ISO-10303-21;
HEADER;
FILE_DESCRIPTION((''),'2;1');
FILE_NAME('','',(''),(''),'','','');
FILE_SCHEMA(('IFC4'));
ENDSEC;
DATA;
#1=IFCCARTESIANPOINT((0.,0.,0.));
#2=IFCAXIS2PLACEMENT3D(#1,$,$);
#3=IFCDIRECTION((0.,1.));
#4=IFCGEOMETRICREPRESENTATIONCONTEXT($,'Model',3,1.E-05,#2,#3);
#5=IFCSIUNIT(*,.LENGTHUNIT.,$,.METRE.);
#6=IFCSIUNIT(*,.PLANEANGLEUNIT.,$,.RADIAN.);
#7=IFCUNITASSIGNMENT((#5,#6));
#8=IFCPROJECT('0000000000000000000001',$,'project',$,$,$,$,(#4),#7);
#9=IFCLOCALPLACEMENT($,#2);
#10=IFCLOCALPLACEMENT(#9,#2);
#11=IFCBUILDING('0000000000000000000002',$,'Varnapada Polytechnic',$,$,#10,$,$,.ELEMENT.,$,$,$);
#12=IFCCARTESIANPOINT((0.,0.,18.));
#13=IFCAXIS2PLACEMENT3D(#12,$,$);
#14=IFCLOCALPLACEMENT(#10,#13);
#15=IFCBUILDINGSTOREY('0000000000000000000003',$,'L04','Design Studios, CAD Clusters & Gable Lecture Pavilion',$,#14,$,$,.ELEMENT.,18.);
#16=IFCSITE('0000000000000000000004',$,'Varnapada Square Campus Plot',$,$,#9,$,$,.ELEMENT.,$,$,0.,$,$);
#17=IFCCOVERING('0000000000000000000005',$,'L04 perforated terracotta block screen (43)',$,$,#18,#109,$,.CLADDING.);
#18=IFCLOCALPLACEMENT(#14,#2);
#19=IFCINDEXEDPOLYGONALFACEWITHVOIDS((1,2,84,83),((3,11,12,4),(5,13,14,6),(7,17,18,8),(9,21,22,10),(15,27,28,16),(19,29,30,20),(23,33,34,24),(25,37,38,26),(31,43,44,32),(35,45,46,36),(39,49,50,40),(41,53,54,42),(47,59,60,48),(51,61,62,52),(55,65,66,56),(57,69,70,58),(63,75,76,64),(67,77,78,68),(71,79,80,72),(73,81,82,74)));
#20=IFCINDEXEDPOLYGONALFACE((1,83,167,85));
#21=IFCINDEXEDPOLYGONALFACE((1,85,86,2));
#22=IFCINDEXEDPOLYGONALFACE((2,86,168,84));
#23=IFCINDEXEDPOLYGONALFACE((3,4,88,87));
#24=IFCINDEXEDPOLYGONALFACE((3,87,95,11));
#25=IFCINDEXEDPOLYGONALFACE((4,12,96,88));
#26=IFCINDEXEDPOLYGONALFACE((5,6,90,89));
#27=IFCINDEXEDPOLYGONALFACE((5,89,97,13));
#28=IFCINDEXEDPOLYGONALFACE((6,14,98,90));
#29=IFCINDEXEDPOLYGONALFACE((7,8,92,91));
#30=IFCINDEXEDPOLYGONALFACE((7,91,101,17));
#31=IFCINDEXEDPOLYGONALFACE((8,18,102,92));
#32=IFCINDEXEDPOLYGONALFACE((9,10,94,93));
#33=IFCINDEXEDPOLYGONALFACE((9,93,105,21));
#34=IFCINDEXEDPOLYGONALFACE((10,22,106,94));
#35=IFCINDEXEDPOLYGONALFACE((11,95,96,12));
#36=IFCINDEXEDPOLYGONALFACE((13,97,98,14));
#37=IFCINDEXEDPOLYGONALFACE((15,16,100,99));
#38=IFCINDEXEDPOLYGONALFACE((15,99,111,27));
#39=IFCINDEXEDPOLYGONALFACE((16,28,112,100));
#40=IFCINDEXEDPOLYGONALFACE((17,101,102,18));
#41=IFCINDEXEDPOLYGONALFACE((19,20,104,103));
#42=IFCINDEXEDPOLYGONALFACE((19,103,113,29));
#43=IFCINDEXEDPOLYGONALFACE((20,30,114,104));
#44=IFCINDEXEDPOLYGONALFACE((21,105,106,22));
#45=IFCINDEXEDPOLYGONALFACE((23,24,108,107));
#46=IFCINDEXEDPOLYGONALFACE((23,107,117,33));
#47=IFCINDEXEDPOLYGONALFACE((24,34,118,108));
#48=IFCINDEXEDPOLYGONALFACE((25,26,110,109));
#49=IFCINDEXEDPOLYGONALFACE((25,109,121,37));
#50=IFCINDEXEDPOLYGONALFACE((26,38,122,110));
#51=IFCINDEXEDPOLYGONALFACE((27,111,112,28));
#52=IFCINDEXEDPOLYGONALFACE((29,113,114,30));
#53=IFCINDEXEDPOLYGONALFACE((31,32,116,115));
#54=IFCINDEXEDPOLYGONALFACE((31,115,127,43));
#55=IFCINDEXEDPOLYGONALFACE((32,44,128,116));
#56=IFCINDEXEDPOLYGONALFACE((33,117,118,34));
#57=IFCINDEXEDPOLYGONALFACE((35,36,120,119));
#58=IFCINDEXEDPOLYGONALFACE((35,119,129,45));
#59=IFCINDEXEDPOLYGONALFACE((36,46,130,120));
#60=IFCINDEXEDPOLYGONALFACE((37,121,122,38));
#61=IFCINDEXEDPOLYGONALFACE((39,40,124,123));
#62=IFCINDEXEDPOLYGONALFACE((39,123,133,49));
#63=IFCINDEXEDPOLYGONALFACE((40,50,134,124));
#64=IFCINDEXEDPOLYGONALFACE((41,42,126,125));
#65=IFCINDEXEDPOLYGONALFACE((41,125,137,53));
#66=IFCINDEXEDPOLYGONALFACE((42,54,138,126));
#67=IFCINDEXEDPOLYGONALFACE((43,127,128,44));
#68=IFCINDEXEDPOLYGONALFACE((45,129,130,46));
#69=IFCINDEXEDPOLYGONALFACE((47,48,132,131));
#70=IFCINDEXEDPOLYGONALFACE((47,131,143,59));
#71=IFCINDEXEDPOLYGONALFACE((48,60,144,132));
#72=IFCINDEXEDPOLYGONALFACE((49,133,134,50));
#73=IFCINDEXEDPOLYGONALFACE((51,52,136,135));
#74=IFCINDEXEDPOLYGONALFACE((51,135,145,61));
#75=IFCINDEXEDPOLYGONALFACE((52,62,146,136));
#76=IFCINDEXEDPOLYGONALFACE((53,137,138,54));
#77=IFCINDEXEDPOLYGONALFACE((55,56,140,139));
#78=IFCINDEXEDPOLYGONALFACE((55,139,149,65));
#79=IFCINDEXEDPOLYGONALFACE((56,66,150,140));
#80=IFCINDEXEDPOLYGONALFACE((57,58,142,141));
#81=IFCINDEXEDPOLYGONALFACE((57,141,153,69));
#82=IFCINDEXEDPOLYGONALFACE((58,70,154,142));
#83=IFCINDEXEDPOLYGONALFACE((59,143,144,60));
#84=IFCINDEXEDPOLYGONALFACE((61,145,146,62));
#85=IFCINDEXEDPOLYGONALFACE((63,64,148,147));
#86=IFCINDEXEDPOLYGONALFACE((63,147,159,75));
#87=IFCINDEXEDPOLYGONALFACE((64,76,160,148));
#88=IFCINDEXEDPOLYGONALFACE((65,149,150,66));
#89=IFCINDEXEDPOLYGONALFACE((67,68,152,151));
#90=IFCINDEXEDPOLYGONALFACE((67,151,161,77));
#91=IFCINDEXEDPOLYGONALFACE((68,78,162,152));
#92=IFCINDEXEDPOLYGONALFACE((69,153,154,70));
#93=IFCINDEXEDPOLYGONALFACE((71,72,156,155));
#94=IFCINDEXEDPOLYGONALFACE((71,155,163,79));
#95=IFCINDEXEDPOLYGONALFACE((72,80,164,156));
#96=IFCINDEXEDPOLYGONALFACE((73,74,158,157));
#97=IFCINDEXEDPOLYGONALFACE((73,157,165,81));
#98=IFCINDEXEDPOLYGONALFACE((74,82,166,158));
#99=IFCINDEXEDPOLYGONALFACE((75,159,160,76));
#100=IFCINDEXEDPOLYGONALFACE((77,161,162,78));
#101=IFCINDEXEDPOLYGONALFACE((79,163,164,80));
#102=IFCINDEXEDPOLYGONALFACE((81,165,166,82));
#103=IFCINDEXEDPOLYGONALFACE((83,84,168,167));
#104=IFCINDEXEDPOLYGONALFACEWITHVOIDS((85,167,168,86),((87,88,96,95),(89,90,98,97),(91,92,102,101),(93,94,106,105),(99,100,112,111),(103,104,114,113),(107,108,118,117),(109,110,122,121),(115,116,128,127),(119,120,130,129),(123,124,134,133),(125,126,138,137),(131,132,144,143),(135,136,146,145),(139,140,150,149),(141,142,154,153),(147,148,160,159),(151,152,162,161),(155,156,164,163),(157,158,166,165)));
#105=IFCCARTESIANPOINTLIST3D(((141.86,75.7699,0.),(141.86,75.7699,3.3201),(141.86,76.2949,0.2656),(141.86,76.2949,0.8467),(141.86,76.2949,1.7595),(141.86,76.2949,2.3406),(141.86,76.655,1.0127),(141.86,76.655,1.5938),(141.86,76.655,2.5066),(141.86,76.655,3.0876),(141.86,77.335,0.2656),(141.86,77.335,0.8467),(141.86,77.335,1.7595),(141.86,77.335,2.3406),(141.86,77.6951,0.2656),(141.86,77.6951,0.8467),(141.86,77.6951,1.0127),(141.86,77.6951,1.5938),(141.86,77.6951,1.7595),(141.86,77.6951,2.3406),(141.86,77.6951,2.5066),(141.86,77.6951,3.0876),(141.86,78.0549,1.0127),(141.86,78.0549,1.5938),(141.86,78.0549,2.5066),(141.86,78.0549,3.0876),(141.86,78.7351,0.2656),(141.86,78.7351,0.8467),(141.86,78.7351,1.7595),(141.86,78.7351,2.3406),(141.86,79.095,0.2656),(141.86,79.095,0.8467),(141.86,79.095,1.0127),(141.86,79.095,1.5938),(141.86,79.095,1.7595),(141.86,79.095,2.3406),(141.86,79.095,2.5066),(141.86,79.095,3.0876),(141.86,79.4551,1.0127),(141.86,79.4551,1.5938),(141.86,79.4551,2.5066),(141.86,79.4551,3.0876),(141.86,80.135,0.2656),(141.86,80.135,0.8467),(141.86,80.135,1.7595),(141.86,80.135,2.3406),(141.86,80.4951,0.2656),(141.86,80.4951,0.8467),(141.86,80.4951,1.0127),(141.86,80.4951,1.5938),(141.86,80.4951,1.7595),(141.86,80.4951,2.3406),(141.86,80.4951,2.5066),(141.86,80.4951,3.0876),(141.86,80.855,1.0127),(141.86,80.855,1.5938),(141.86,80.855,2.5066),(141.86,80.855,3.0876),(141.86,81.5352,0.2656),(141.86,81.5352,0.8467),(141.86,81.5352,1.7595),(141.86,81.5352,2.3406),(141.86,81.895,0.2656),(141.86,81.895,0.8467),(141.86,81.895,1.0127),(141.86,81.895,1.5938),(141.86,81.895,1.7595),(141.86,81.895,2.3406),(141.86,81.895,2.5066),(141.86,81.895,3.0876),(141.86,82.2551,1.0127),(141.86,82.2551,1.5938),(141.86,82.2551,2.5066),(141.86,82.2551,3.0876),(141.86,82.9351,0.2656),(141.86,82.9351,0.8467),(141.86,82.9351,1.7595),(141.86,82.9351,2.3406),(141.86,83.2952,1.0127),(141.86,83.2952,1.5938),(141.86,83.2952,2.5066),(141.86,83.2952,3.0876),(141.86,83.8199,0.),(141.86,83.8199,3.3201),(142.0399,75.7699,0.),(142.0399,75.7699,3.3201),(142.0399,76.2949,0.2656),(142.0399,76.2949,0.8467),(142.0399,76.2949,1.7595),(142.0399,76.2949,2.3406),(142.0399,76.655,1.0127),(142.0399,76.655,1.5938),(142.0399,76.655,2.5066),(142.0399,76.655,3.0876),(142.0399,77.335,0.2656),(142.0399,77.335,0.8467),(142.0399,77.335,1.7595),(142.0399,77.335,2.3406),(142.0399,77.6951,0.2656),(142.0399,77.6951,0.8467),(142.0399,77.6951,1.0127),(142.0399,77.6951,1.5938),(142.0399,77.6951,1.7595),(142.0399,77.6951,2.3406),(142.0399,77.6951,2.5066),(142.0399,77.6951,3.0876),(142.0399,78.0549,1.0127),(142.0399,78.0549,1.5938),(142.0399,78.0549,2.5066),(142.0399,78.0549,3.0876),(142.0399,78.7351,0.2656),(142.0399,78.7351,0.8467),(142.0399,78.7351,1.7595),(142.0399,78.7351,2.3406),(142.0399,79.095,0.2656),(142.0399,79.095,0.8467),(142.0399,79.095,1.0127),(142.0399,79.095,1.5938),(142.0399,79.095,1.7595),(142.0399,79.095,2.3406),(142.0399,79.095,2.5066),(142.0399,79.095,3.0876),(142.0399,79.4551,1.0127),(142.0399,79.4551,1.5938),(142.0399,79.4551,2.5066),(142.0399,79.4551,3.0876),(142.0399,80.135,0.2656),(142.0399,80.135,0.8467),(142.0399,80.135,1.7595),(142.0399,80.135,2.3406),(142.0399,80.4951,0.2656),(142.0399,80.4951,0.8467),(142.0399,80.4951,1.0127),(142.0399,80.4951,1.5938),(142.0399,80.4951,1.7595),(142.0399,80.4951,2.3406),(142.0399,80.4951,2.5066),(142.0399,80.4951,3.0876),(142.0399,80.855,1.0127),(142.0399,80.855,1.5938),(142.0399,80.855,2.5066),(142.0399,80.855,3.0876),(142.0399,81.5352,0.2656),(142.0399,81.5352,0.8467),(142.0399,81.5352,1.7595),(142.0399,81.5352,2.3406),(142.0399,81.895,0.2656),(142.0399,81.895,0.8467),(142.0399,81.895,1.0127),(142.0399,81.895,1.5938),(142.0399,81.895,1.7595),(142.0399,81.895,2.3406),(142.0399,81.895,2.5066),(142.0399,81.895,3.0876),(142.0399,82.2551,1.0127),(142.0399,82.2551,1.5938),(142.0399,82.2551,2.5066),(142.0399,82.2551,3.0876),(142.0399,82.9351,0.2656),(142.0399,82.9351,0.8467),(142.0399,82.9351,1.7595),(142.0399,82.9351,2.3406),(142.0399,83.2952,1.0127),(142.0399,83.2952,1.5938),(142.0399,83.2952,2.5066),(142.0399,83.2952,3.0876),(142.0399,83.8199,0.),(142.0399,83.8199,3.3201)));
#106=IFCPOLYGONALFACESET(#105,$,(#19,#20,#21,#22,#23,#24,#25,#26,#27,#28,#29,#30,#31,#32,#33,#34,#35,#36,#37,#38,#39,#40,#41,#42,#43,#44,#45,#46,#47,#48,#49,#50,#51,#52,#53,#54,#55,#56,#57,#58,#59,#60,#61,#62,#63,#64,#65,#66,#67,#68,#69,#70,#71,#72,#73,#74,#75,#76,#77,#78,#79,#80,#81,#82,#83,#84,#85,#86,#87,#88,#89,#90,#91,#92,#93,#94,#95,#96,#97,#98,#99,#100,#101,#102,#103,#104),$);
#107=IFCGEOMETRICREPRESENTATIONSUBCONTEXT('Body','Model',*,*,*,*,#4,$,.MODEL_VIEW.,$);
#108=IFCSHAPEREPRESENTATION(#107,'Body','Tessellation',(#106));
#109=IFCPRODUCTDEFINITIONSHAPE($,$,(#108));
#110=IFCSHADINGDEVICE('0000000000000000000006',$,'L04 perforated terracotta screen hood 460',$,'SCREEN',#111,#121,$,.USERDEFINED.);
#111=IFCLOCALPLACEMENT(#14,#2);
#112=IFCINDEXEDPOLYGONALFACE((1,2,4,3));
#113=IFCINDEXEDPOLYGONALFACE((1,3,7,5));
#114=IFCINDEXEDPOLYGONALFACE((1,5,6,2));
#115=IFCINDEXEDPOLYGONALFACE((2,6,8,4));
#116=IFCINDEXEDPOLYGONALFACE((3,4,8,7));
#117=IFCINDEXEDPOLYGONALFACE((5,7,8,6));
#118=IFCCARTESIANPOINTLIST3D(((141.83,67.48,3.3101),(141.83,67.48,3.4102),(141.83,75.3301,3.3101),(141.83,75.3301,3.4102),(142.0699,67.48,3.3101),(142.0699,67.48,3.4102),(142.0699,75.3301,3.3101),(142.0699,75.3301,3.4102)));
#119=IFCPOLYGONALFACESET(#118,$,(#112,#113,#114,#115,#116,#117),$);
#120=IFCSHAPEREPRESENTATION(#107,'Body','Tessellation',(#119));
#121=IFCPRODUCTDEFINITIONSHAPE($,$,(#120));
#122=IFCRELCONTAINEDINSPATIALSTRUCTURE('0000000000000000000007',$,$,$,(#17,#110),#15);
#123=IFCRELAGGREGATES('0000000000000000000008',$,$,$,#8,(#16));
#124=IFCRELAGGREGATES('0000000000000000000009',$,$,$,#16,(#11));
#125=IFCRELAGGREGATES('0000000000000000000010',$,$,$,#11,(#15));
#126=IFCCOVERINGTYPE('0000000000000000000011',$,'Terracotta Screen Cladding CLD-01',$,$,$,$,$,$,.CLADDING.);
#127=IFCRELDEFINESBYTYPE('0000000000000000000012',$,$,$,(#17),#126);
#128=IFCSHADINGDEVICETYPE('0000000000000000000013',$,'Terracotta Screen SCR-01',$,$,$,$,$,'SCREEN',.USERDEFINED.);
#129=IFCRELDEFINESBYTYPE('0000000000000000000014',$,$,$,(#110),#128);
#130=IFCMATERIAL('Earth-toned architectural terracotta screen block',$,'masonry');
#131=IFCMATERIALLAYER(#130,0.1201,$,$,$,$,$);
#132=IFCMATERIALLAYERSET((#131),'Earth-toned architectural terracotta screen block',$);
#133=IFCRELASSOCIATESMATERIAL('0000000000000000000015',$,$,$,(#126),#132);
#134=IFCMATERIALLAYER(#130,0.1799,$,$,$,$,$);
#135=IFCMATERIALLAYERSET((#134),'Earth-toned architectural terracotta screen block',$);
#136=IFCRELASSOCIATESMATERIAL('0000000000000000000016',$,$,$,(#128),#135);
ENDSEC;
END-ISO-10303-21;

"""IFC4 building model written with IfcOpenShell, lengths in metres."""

from ifc_helpers import new_model, si_unit, direction, frame, frame_2d, origin, origin_2d, place, context, subcontext, project, spatial, rectangle, extrude, material, layer, layer_set, type_object, element, save


model = new_model("IFC4")

# Units and contexts
model_context = context("Model", 3, precision=1e-05, world=origin(), true_north=direction((0.0, 1.0)))
body_context = subcontext(model_context, "Body", "Model", "MODEL_VIEW")
ifc_project = project(units=[si_unit("LENGTHUNIT", "METRE"), si_unit("PLANEANGLEUNIT", "RADIAN")], contexts=[model_context])

# Site, building, storey
site_placement = place(None, origin())
site = spatial("IfcSite", under=ifc_project, at=site_placement, Name="Varnapada Square Campus Plot", CompositionType="ELEMENT", RefElevation=0.0)
building_placement = place(site_placement, origin())
building = spatial("IfcBuilding", under=site, at=building_placement, Name="Varnapada Polytechnic", CompositionType="ELEMENT")
storey_placement = place(building_placement, frame((0.0, 0.0, 18.0)))
storey = spatial("IfcBuildingStorey", under=building, at=storey_placement, Name="L04", Description="Design Studios, CAD Clusters & Gable Lecture Pavilion", CompositionType="ELEMENT", Elevation=18.0)

# Covering, openings
ifc_material = material(Name="Earth-toned architectural terracotta screen block", Category="masonry")
ifc_layer_1 = layer(ifc_material, 0.1201)
ifc_layer_set_1 = layer_set([ifc_layer_1], Name="Earth-toned architectural terracotta screen block")
covering_type = type_object("IfcCoveringType", Name="Terracotta Screen Cladding CLD-01", PredefinedType="CLADDING", material=ifc_layer_set_1)
covering_placement = place(storey_placement, frame((141.95, 75.77, 0.0), z_axis=(0.0, 0.0, 1.0), x_axis=(0.0, 1.0, 0.0)))
covering = element("IfcCovering", 1, at=covering_placement, inside=storey, type_object=covering_type, Name="L04 perforated terracotta block screen (43)", PredefinedType="CLADDING", context=body_context, shape_type="SweptSolid", body=[
    extrude(rectangle(XDim=8.05, YDim=0.1799, at=frame_2d((4.0249, 0.0))), origin(), (0.0, 0.0, 1.0), 3.3201),
])
opening_1_placement = place(covering_placement, frame((0.5249, 0.0, 0.2656)))
element("IfcOpeningElement", 2, at=opening_1_placement, cuts=covering, PredefinedType="OPENING", context=body_context, shape_type="SweptSolid", body=[
    extrude(rectangle(XDim=1.04, YDim=0.5811, at=frame_2d((0.52, 0.2905))), frame((0.0, 0.0999, 0.0), z_axis=(0.0, -1.0, 0.0), x_axis=(1.0, 0.0, 0.0)), (0.0, 0.0, 1.0), 0.2),
])
opening_2_placement = place(covering_placement, frame((1.925, 0.0, 0.2656)))
element("IfcOpeningElement", 3, at=opening_2_placement, cuts=covering, PredefinedType="OPENING", context=body_context, shape_type="SweptSolid", body=[
    extrude(rectangle(XDim=1.04, YDim=0.5811, at=frame_2d((0.52, 0.2905))), frame((0.0, 0.0999, 0.0), z_axis=(0.0, -1.0, 0.0), x_axis=(1.0, 0.0, 0.0)), (0.0, 0.0, 1.0), 0.2),
])
opening_3_placement = place(covering_placement, frame((3.325, 0.0, 0.2656)))
element("IfcOpeningElement", 4, at=opening_3_placement, cuts=covering, PredefinedType="OPENING", context=body_context, shape_type="SweptSolid", body=[
    extrude(rectangle(XDim=1.04, YDim=0.5811, at=frame_2d((0.52, 0.2905))), frame((0.0, 0.0999, 0.0), z_axis=(0.0, -1.0, 0.0), x_axis=(1.0, 0.0, 0.0)), (0.0, 0.0, 1.0), 0.2),
])
opening_4_placement = place(covering_placement, frame((4.7251, 0.0, 0.2656)))
element("IfcOpeningElement", 5, at=opening_4_placement, cuts=covering, PredefinedType="OPENING", context=body_context, shape_type="SweptSolid", body=[
    extrude(rectangle(XDim=1.04, YDim=0.5811, at=frame_2d((0.52, 0.2905))), frame((0.0, 0.0999, 0.0), z_axis=(0.0, -1.0, 0.0), x_axis=(1.0, 0.0, 0.0)), (0.0, 0.0, 1.0), 0.2),
])
opening_5_placement = place(covering_placement, frame((6.125, 0.0, 0.2656)))
element("IfcOpeningElement", 6, at=opening_5_placement, cuts=covering, PredefinedType="OPENING", context=body_context, shape_type="SweptSolid", body=[
    extrude(rectangle(XDim=1.04, YDim=0.5811, at=frame_2d((0.52, 0.2905))), frame((0.0, 0.0999, 0.0), z_axis=(0.0, -1.0, 0.0), x_axis=(1.0, 0.0, 0.0)), (0.0, 0.0, 1.0), 0.2),
])
opening_6_placement = place(covering_placement, frame((0.885, 0.0, 1.0127)))
element("IfcOpeningElement", 7, at=opening_6_placement, cuts=covering, PredefinedType="OPENING", context=body_context, shape_type="SweptSolid", body=[
    extrude(rectangle(XDim=1.04, YDim=0.5811, at=frame_2d((0.52, 0.2905))), frame((0.0, 0.0999, 0.0), z_axis=(0.0, -1.0, 0.0), x_axis=(1.0, 0.0, 0.0)), (0.0, 0.0, 1.0), 0.2),
])
opening_7_placement = place(covering_placement, frame((2.2849, 0.0, 1.0127)))
element("IfcOpeningElement", 8, at=opening_7_placement, cuts=covering, PredefinedType="OPENING", context=body_context, shape_type="SweptSolid", body=[
    extrude(rectangle(XDim=1.04, YDim=0.5811, at=frame_2d((0.52, 0.2905))), frame((0.0, 0.0999, 0.0), z_axis=(0.0, -1.0, 0.0), x_axis=(1.0, 0.0, 0.0)), (0.0, 0.0, 1.0), 0.2),
])
opening_8_placement = place(covering_placement, frame((3.6851, 0.0, 1.0127)))
element("IfcOpeningElement", 9, at=opening_8_placement, cuts=covering, PredefinedType="OPENING", context=body_context, shape_type="SweptSolid", body=[
    extrude(rectangle(XDim=1.04, YDim=0.5811, at=frame_2d((0.52, 0.2905))), frame((0.0, 0.0999, 0.0), z_axis=(0.0, -1.0, 0.0), x_axis=(1.0, 0.0, 0.0)), (0.0, 0.0, 1.0), 0.2),
])
opening_9_placement = place(covering_placement, frame((5.085, 0.0, 1.0127)))
element("IfcOpeningElement", 10, at=opening_9_placement, cuts=covering, PredefinedType="OPENING", context=body_context, shape_type="SweptSolid", body=[
    extrude(rectangle(XDim=1.04, YDim=0.5811, at=frame_2d((0.52, 0.2905))), frame((0.0, 0.0999, 0.0), z_axis=(0.0, -1.0, 0.0), x_axis=(1.0, 0.0, 0.0)), (0.0, 0.0, 1.0), 0.2),
])
opening_10_placement = place(covering_placement, frame((6.4851, 0.0, 1.0127)))
element("IfcOpeningElement", 11, at=opening_10_placement, cuts=covering, PredefinedType="OPENING", context=body_context, shape_type="SweptSolid", body=[
    extrude(rectangle(XDim=1.04, YDim=0.5811, at=frame_2d((0.52, 0.2905))), frame((0.0, 0.0999, 0.0), z_axis=(0.0, -1.0, 0.0), x_axis=(1.0, 0.0, 0.0)), (0.0, 0.0, 1.0), 0.2),
])
opening_11_placement = place(covering_placement, frame((0.5249, 0.0, 1.7595)))
element("IfcOpeningElement", 12, at=opening_11_placement, cuts=covering, PredefinedType="OPENING", context=body_context, shape_type="SweptSolid", body=[
    extrude(rectangle(XDim=1.04, YDim=0.5811, at=frame_2d((0.52, 0.2905))), frame((0.0, 0.0999, 0.0), z_axis=(0.0, -1.0, 0.0), x_axis=(1.0, 0.0, 0.0)), (0.0, 0.0, 1.0), 0.2),
])
opening_12_placement = place(covering_placement, frame((1.925, 0.0, 1.7595)))
element("IfcOpeningElement", 13, at=opening_12_placement, cuts=covering, PredefinedType="OPENING", context=body_context, shape_type="SweptSolid", body=[
    extrude(rectangle(XDim=1.04, YDim=0.5811, at=frame_2d((0.52, 0.2905))), frame((0.0, 0.0999, 0.0), z_axis=(0.0, -1.0, 0.0), x_axis=(1.0, 0.0, 0.0)), (0.0, 0.0, 1.0), 0.2),
])
opening_13_placement = place(covering_placement, frame((3.325, 0.0, 1.7595)))
element("IfcOpeningElement", 14, at=opening_13_placement, cuts=covering, PredefinedType="OPENING", context=body_context, shape_type="SweptSolid", body=[
    extrude(rectangle(XDim=1.04, YDim=0.5811, at=frame_2d((0.52, 0.2905))), frame((0.0, 0.0999, 0.0), z_axis=(0.0, -1.0, 0.0), x_axis=(1.0, 0.0, 0.0)), (0.0, 0.0, 1.0), 0.2),
])
opening_14_placement = place(covering_placement, frame((4.7251, 0.0, 1.7595)))
element("IfcOpeningElement", 15, at=opening_14_placement, cuts=covering, PredefinedType="OPENING", context=body_context, shape_type="SweptSolid", body=[
    extrude(rectangle(XDim=1.04, YDim=0.5811, at=frame_2d((0.52, 0.2905))), frame((0.0, 0.0999, 0.0), z_axis=(0.0, -1.0, 0.0), x_axis=(1.0, 0.0, 0.0)), (0.0, 0.0, 1.0), 0.2),
])
opening_15_placement = place(covering_placement, frame((6.125, 0.0, 1.7595)))
element("IfcOpeningElement", 16, at=opening_15_placement, cuts=covering, PredefinedType="OPENING", context=body_context, shape_type="SweptSolid", body=[
    extrude(rectangle(XDim=1.04, YDim=0.5811, at=frame_2d((0.52, 0.2905))), frame((0.0, 0.0999, 0.0), z_axis=(0.0, -1.0, 0.0), x_axis=(1.0, 0.0, 0.0)), (0.0, 0.0, 1.0), 0.2),
])
opening_16_placement = place(covering_placement, frame((0.885, 0.0, 2.5066)))
element("IfcOpeningElement", 17, at=opening_16_placement, cuts=covering, PredefinedType="OPENING", context=body_context, shape_type="SweptSolid", body=[
    extrude(rectangle(XDim=1.04, YDim=0.5811, at=frame_2d((0.52, 0.2905))), frame((0.0, 0.0999, 0.0), z_axis=(0.0, -1.0, 0.0), x_axis=(1.0, 0.0, 0.0)), (0.0, 0.0, 1.0), 0.2),
])
opening_17_placement = place(covering_placement, frame((2.2849, 0.0, 2.5066)))
element("IfcOpeningElement", 18, at=opening_17_placement, cuts=covering, PredefinedType="OPENING", context=body_context, shape_type="SweptSolid", body=[
    extrude(rectangle(XDim=1.04, YDim=0.5811, at=frame_2d((0.52, 0.2905))), frame((0.0, 0.0999, 0.0), z_axis=(0.0, -1.0, 0.0), x_axis=(1.0, 0.0, 0.0)), (0.0, 0.0, 1.0), 0.2),
])
opening_18_placement = place(covering_placement, frame((3.6851, 0.0, 2.5066)))
element("IfcOpeningElement", 19, at=opening_18_placement, cuts=covering, PredefinedType="OPENING", context=body_context, shape_type="SweptSolid", body=[
    extrude(rectangle(XDim=1.04, YDim=0.5811, at=frame_2d((0.52, 0.2905))), frame((0.0, 0.0999, 0.0), z_axis=(0.0, -1.0, 0.0), x_axis=(1.0, 0.0, 0.0)), (0.0, 0.0, 1.0), 0.2),
])
opening_19_placement = place(covering_placement, frame((5.085, 0.0, 2.5066)))
element("IfcOpeningElement", 20, at=opening_19_placement, cuts=covering, PredefinedType="OPENING", context=body_context, shape_type="SweptSolid", body=[
    extrude(rectangle(XDim=1.04, YDim=0.5811, at=frame_2d((0.52, 0.2905))), frame((0.0, 0.0999, 0.0), z_axis=(0.0, -1.0, 0.0), x_axis=(1.0, 0.0, 0.0)), (0.0, 0.0, 1.0), 0.2),
])
opening_20_placement = place(covering_placement, frame((6.4851, 0.0, 2.5066)))
element("IfcOpeningElement", 21, at=opening_20_placement, cuts=covering, PredefinedType="OPENING", context=body_context, shape_type="SweptSolid", body=[
    extrude(rectangle(XDim=1.04, YDim=0.5811, at=frame_2d((0.52, 0.2905))), frame((0.0, 0.0999, 0.0), z_axis=(0.0, -1.0, 0.0), x_axis=(1.0, 0.0, 0.0)), (0.0, 0.0, 1.0), 0.2),
])

# Shading device
ifc_layer_2 = layer(ifc_material, 0.1799)
ifc_layer_set_2 = layer_set([ifc_layer_2], Name="Earth-toned architectural terracotta screen block")
shading_device_type = type_object("IfcShadingDeviceType", Name="Terracotta Screen SCR-01", ElementType="SCREEN", PredefinedType="USERDEFINED", material=ifc_layer_set_2)
shading_device_placement = place(storey_placement, frame((141.95, 71.405, 3.3101), z_axis=(0.0, 0.0, 1.0), x_axis=(0.0, 1.0, 0.0)))
element("IfcShadingDevice", 22, at=shading_device_placement, inside=storey, type_object=shading_device_type, Name="L04 perforated terracotta screen hood 460", ObjectType="SCREEN", PredefinedType="USERDEFINED", context=body_context, shape_type="SweptSolid", body=[
    extrude(rectangle(XDim=7.8501, YDim=0.24, at=origin_2d()), origin(), (0.0, 0.0, 1.0), 0.1001),
])

save(model, "model.ifc")
